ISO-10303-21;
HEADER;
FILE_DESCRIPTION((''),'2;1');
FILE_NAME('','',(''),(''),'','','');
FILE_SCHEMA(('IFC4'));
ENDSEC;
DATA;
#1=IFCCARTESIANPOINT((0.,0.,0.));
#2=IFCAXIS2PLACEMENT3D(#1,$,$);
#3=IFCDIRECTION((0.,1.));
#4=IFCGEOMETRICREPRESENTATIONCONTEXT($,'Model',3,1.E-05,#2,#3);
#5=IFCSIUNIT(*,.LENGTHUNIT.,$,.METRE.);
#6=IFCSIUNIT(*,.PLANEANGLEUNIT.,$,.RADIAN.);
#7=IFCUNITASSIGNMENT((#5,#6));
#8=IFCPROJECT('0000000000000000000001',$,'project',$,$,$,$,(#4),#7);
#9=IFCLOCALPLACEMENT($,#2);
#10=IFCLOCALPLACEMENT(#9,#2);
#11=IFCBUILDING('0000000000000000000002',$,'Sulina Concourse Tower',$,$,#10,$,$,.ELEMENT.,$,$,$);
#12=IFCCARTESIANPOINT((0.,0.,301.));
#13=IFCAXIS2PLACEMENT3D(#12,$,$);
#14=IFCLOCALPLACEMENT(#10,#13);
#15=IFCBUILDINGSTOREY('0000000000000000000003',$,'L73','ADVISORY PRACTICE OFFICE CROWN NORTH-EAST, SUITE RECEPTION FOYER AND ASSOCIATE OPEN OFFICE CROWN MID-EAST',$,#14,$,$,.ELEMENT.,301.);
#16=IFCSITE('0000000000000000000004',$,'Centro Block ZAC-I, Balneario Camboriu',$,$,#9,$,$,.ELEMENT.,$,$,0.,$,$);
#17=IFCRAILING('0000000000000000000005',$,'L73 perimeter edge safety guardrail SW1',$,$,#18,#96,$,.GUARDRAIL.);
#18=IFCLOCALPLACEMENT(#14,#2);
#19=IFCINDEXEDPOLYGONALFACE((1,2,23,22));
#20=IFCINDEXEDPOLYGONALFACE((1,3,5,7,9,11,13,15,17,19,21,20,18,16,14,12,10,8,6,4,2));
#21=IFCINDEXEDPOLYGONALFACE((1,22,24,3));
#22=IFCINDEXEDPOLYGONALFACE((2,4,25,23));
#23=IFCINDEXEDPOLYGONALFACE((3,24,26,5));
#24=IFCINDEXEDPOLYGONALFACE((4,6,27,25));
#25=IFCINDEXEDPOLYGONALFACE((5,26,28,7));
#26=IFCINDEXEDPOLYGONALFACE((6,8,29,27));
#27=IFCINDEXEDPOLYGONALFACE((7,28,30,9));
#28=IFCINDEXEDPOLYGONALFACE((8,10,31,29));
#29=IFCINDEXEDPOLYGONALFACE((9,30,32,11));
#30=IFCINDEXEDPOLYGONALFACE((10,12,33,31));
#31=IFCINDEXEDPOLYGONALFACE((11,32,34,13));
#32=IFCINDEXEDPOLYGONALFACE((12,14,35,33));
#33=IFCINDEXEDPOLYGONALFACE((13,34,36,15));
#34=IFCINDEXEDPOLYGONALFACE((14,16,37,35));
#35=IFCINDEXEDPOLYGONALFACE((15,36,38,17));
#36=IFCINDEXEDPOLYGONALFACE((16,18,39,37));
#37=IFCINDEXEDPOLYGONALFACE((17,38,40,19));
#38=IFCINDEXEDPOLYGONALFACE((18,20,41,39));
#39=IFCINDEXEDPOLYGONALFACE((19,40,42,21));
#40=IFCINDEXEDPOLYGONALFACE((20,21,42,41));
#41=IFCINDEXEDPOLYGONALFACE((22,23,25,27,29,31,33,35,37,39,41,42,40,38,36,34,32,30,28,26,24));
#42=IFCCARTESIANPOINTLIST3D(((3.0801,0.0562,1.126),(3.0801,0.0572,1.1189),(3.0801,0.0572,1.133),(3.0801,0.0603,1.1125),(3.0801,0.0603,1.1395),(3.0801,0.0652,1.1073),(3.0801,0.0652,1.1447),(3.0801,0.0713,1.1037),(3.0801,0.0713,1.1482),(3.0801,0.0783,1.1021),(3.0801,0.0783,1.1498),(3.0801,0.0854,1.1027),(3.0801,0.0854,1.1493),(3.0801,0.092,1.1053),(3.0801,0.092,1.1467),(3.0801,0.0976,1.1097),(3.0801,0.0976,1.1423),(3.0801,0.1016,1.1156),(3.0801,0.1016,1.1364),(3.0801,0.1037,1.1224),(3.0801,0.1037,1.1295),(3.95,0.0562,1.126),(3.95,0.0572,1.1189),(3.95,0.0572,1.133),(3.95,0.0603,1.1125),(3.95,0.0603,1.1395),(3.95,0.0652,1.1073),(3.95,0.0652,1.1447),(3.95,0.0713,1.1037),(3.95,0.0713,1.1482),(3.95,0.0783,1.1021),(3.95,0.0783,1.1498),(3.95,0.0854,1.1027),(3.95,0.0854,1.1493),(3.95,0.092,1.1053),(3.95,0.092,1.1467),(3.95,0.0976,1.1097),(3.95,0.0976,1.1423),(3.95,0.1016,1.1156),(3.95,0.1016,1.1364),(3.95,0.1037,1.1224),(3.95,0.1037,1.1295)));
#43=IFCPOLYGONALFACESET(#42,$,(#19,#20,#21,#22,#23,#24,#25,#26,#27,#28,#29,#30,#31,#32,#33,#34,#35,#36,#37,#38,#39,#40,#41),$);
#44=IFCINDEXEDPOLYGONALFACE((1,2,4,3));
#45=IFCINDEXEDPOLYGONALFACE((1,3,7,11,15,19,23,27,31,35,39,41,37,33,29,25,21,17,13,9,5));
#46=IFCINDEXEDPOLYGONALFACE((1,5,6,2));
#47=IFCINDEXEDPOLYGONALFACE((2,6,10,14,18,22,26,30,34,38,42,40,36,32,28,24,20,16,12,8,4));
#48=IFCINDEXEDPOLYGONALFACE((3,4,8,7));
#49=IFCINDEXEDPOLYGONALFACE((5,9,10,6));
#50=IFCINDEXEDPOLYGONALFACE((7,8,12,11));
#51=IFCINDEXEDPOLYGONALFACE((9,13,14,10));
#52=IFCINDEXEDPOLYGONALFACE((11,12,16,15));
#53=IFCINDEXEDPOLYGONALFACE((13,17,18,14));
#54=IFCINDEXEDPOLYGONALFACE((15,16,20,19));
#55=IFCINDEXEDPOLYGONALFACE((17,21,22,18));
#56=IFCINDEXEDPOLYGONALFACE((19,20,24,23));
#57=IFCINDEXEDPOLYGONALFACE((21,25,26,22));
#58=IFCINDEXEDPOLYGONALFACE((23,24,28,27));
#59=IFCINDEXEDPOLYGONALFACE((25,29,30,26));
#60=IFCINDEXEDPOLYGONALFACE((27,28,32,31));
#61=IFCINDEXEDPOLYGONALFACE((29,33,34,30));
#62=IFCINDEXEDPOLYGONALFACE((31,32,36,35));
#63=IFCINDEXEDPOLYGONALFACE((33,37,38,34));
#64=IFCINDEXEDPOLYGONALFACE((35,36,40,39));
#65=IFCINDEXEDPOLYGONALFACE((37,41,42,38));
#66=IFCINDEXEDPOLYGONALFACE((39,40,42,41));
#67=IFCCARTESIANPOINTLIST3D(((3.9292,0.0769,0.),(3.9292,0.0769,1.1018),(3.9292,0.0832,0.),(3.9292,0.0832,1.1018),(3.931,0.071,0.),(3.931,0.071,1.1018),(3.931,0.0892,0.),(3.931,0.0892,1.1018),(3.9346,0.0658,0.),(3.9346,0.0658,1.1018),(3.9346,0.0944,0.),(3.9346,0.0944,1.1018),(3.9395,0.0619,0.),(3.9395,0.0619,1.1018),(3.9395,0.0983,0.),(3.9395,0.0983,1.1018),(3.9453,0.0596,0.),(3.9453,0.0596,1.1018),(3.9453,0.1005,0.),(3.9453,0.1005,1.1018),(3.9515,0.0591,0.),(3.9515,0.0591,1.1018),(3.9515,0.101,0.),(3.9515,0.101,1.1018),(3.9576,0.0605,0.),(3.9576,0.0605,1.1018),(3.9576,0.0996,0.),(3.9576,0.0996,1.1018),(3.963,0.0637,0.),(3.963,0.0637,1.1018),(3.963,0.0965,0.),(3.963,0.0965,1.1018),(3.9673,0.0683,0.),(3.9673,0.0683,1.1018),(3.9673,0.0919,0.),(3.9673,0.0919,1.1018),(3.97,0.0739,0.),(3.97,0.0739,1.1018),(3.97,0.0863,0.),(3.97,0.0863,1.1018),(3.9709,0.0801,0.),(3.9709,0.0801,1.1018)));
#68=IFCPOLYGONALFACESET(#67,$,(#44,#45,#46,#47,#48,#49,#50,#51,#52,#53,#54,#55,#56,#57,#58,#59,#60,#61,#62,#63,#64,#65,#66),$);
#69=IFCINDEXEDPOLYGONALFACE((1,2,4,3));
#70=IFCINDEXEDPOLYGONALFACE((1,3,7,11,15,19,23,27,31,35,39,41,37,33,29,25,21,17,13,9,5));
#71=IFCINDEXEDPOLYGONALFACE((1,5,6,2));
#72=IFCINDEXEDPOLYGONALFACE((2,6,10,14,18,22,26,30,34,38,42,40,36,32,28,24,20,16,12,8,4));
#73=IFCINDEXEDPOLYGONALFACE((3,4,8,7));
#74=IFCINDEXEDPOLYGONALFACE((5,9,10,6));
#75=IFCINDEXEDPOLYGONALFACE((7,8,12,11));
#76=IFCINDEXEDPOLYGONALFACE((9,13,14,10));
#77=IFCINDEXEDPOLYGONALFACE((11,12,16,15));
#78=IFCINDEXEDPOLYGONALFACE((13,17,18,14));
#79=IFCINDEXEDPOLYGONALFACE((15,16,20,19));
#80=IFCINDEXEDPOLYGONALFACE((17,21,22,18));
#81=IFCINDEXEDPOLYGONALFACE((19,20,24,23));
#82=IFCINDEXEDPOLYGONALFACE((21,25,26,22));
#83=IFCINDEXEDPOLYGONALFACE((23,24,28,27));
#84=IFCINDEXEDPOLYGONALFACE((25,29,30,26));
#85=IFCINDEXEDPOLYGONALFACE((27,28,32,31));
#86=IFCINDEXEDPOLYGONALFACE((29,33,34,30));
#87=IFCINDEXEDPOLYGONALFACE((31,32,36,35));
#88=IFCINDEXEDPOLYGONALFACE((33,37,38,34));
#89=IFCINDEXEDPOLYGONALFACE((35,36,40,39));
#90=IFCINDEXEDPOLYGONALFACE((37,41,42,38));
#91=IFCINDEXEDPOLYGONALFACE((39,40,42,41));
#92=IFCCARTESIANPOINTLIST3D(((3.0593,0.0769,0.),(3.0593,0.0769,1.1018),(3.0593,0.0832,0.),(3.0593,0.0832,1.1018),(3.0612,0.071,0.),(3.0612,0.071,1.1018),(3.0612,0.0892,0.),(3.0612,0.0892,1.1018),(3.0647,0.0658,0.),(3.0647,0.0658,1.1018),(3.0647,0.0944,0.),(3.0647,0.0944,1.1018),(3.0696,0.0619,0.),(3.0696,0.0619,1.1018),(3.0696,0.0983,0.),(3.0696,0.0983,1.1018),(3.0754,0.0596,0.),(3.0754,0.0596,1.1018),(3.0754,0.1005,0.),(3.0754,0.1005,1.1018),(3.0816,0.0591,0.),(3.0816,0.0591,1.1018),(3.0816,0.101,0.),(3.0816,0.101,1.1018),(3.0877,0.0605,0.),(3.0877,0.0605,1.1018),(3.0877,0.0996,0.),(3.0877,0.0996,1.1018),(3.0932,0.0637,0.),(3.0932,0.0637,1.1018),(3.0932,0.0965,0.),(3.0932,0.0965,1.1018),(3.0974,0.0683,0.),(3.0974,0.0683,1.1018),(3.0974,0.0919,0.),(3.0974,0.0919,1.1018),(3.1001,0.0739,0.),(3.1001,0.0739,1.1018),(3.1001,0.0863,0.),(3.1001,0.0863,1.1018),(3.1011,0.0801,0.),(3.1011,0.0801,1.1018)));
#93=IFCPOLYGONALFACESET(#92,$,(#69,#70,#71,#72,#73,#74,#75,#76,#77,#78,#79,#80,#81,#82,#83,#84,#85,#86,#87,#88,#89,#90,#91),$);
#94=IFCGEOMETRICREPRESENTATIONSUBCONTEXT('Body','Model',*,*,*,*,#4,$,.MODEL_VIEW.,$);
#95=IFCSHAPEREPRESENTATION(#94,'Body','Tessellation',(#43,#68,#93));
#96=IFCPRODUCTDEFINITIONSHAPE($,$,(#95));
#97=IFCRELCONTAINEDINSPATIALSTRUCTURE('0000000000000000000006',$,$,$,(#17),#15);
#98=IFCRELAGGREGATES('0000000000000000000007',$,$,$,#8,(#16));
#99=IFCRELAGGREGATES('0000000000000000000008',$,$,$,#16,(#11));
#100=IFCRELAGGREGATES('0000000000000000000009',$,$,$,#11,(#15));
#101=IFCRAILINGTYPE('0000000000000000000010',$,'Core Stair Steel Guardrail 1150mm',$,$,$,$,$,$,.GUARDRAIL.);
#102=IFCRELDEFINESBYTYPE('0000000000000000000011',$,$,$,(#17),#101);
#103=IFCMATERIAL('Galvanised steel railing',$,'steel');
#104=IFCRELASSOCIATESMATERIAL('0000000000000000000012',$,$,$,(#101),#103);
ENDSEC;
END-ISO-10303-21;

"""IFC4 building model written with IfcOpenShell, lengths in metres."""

from ifc_helpers import new_model, si_unit, direction, frame, origin, origin_2d, place, context, subcontext, project, spatial, circle, extrude, material, type_object, element, save


model = new_model("IFC4")

# Units and contexts
model_context = context("Model", 3, precision=1e-05, world=origin(), true_north=direction((0.0, 1.0)))
body_context = subcontext(model_context, "Body", "Model", "MODEL_VIEW")
ifc_project = project(units=[si_unit("LENGTHUNIT", "METRE"), si_unit("PLANEANGLEUNIT", "RADIAN")], contexts=[model_context])

# Site, building, storey
site_placement = place(None, origin())
site = spatial("IfcSite", under=ifc_project, at=site_placement, Name="Centro Block ZAC-I, Balneario Camboriu", CompositionType="ELEMENT", RefElevation=0.0)
building_placement = place(site_placement, origin())
building = spatial("IfcBuilding", under=site, at=building_placement, Name="Sulina Concourse Tower", CompositionType="ELEMENT")
storey_placement = place(building_placement, frame((0.0, 0.0, 301.0)))
storey = spatial("IfcBuildingStorey", under=building, at=storey_placement, Name="L73", Description="ADVISORY PRACTICE OFFICE CROWN NORTH-EAST, SUITE RECEPTION FOYER AND ASSOCIATE OPEN OFFICE CROWN MID-EAST", CompositionType="ELEMENT", Elevation=301.0)

# Railing
ifc_material_1 = material(Name="Galvanised steel railing", Category="steel")
railing_type = type_object("IfcRailingType", Name="Core Stair Steel Guardrail 1150mm", PredefinedType="GUARDRAIL", material=ifc_material_1)
railing_1_placement = place(storey_placement, frame((3.95, 0.0801, 0.0)))
element("IfcRailing", 1, at=railing_1_placement, inside=storey, type_object=railing_type, Name="L73 perimeter edge safety guardrail SW1", PredefinedType="GUARDRAIL", context=body_context, shape_type="SweptSolid", body=[
    extrude(circle(Radius=0.0239, at=origin_2d()), frame((0.0, 0.0, 1.126), z_axis=(-1.0, 0.0, 0.0), x_axis=(0.0, -1.0, 0.0)), (0.0, 0.0, 1.0), 0.8699),
    extrude(circle(Radius=0.021, at=origin_2d()), origin(), (0.0, 0.0, 1.0), 1.1018),
    extrude(circle(Radius=0.021, at=origin_2d()), frame((-0.8699, 0.0, 0.0)), (0.0, 0.0, 1.0), 1.1018),
])

save(model, "model.ifc")
